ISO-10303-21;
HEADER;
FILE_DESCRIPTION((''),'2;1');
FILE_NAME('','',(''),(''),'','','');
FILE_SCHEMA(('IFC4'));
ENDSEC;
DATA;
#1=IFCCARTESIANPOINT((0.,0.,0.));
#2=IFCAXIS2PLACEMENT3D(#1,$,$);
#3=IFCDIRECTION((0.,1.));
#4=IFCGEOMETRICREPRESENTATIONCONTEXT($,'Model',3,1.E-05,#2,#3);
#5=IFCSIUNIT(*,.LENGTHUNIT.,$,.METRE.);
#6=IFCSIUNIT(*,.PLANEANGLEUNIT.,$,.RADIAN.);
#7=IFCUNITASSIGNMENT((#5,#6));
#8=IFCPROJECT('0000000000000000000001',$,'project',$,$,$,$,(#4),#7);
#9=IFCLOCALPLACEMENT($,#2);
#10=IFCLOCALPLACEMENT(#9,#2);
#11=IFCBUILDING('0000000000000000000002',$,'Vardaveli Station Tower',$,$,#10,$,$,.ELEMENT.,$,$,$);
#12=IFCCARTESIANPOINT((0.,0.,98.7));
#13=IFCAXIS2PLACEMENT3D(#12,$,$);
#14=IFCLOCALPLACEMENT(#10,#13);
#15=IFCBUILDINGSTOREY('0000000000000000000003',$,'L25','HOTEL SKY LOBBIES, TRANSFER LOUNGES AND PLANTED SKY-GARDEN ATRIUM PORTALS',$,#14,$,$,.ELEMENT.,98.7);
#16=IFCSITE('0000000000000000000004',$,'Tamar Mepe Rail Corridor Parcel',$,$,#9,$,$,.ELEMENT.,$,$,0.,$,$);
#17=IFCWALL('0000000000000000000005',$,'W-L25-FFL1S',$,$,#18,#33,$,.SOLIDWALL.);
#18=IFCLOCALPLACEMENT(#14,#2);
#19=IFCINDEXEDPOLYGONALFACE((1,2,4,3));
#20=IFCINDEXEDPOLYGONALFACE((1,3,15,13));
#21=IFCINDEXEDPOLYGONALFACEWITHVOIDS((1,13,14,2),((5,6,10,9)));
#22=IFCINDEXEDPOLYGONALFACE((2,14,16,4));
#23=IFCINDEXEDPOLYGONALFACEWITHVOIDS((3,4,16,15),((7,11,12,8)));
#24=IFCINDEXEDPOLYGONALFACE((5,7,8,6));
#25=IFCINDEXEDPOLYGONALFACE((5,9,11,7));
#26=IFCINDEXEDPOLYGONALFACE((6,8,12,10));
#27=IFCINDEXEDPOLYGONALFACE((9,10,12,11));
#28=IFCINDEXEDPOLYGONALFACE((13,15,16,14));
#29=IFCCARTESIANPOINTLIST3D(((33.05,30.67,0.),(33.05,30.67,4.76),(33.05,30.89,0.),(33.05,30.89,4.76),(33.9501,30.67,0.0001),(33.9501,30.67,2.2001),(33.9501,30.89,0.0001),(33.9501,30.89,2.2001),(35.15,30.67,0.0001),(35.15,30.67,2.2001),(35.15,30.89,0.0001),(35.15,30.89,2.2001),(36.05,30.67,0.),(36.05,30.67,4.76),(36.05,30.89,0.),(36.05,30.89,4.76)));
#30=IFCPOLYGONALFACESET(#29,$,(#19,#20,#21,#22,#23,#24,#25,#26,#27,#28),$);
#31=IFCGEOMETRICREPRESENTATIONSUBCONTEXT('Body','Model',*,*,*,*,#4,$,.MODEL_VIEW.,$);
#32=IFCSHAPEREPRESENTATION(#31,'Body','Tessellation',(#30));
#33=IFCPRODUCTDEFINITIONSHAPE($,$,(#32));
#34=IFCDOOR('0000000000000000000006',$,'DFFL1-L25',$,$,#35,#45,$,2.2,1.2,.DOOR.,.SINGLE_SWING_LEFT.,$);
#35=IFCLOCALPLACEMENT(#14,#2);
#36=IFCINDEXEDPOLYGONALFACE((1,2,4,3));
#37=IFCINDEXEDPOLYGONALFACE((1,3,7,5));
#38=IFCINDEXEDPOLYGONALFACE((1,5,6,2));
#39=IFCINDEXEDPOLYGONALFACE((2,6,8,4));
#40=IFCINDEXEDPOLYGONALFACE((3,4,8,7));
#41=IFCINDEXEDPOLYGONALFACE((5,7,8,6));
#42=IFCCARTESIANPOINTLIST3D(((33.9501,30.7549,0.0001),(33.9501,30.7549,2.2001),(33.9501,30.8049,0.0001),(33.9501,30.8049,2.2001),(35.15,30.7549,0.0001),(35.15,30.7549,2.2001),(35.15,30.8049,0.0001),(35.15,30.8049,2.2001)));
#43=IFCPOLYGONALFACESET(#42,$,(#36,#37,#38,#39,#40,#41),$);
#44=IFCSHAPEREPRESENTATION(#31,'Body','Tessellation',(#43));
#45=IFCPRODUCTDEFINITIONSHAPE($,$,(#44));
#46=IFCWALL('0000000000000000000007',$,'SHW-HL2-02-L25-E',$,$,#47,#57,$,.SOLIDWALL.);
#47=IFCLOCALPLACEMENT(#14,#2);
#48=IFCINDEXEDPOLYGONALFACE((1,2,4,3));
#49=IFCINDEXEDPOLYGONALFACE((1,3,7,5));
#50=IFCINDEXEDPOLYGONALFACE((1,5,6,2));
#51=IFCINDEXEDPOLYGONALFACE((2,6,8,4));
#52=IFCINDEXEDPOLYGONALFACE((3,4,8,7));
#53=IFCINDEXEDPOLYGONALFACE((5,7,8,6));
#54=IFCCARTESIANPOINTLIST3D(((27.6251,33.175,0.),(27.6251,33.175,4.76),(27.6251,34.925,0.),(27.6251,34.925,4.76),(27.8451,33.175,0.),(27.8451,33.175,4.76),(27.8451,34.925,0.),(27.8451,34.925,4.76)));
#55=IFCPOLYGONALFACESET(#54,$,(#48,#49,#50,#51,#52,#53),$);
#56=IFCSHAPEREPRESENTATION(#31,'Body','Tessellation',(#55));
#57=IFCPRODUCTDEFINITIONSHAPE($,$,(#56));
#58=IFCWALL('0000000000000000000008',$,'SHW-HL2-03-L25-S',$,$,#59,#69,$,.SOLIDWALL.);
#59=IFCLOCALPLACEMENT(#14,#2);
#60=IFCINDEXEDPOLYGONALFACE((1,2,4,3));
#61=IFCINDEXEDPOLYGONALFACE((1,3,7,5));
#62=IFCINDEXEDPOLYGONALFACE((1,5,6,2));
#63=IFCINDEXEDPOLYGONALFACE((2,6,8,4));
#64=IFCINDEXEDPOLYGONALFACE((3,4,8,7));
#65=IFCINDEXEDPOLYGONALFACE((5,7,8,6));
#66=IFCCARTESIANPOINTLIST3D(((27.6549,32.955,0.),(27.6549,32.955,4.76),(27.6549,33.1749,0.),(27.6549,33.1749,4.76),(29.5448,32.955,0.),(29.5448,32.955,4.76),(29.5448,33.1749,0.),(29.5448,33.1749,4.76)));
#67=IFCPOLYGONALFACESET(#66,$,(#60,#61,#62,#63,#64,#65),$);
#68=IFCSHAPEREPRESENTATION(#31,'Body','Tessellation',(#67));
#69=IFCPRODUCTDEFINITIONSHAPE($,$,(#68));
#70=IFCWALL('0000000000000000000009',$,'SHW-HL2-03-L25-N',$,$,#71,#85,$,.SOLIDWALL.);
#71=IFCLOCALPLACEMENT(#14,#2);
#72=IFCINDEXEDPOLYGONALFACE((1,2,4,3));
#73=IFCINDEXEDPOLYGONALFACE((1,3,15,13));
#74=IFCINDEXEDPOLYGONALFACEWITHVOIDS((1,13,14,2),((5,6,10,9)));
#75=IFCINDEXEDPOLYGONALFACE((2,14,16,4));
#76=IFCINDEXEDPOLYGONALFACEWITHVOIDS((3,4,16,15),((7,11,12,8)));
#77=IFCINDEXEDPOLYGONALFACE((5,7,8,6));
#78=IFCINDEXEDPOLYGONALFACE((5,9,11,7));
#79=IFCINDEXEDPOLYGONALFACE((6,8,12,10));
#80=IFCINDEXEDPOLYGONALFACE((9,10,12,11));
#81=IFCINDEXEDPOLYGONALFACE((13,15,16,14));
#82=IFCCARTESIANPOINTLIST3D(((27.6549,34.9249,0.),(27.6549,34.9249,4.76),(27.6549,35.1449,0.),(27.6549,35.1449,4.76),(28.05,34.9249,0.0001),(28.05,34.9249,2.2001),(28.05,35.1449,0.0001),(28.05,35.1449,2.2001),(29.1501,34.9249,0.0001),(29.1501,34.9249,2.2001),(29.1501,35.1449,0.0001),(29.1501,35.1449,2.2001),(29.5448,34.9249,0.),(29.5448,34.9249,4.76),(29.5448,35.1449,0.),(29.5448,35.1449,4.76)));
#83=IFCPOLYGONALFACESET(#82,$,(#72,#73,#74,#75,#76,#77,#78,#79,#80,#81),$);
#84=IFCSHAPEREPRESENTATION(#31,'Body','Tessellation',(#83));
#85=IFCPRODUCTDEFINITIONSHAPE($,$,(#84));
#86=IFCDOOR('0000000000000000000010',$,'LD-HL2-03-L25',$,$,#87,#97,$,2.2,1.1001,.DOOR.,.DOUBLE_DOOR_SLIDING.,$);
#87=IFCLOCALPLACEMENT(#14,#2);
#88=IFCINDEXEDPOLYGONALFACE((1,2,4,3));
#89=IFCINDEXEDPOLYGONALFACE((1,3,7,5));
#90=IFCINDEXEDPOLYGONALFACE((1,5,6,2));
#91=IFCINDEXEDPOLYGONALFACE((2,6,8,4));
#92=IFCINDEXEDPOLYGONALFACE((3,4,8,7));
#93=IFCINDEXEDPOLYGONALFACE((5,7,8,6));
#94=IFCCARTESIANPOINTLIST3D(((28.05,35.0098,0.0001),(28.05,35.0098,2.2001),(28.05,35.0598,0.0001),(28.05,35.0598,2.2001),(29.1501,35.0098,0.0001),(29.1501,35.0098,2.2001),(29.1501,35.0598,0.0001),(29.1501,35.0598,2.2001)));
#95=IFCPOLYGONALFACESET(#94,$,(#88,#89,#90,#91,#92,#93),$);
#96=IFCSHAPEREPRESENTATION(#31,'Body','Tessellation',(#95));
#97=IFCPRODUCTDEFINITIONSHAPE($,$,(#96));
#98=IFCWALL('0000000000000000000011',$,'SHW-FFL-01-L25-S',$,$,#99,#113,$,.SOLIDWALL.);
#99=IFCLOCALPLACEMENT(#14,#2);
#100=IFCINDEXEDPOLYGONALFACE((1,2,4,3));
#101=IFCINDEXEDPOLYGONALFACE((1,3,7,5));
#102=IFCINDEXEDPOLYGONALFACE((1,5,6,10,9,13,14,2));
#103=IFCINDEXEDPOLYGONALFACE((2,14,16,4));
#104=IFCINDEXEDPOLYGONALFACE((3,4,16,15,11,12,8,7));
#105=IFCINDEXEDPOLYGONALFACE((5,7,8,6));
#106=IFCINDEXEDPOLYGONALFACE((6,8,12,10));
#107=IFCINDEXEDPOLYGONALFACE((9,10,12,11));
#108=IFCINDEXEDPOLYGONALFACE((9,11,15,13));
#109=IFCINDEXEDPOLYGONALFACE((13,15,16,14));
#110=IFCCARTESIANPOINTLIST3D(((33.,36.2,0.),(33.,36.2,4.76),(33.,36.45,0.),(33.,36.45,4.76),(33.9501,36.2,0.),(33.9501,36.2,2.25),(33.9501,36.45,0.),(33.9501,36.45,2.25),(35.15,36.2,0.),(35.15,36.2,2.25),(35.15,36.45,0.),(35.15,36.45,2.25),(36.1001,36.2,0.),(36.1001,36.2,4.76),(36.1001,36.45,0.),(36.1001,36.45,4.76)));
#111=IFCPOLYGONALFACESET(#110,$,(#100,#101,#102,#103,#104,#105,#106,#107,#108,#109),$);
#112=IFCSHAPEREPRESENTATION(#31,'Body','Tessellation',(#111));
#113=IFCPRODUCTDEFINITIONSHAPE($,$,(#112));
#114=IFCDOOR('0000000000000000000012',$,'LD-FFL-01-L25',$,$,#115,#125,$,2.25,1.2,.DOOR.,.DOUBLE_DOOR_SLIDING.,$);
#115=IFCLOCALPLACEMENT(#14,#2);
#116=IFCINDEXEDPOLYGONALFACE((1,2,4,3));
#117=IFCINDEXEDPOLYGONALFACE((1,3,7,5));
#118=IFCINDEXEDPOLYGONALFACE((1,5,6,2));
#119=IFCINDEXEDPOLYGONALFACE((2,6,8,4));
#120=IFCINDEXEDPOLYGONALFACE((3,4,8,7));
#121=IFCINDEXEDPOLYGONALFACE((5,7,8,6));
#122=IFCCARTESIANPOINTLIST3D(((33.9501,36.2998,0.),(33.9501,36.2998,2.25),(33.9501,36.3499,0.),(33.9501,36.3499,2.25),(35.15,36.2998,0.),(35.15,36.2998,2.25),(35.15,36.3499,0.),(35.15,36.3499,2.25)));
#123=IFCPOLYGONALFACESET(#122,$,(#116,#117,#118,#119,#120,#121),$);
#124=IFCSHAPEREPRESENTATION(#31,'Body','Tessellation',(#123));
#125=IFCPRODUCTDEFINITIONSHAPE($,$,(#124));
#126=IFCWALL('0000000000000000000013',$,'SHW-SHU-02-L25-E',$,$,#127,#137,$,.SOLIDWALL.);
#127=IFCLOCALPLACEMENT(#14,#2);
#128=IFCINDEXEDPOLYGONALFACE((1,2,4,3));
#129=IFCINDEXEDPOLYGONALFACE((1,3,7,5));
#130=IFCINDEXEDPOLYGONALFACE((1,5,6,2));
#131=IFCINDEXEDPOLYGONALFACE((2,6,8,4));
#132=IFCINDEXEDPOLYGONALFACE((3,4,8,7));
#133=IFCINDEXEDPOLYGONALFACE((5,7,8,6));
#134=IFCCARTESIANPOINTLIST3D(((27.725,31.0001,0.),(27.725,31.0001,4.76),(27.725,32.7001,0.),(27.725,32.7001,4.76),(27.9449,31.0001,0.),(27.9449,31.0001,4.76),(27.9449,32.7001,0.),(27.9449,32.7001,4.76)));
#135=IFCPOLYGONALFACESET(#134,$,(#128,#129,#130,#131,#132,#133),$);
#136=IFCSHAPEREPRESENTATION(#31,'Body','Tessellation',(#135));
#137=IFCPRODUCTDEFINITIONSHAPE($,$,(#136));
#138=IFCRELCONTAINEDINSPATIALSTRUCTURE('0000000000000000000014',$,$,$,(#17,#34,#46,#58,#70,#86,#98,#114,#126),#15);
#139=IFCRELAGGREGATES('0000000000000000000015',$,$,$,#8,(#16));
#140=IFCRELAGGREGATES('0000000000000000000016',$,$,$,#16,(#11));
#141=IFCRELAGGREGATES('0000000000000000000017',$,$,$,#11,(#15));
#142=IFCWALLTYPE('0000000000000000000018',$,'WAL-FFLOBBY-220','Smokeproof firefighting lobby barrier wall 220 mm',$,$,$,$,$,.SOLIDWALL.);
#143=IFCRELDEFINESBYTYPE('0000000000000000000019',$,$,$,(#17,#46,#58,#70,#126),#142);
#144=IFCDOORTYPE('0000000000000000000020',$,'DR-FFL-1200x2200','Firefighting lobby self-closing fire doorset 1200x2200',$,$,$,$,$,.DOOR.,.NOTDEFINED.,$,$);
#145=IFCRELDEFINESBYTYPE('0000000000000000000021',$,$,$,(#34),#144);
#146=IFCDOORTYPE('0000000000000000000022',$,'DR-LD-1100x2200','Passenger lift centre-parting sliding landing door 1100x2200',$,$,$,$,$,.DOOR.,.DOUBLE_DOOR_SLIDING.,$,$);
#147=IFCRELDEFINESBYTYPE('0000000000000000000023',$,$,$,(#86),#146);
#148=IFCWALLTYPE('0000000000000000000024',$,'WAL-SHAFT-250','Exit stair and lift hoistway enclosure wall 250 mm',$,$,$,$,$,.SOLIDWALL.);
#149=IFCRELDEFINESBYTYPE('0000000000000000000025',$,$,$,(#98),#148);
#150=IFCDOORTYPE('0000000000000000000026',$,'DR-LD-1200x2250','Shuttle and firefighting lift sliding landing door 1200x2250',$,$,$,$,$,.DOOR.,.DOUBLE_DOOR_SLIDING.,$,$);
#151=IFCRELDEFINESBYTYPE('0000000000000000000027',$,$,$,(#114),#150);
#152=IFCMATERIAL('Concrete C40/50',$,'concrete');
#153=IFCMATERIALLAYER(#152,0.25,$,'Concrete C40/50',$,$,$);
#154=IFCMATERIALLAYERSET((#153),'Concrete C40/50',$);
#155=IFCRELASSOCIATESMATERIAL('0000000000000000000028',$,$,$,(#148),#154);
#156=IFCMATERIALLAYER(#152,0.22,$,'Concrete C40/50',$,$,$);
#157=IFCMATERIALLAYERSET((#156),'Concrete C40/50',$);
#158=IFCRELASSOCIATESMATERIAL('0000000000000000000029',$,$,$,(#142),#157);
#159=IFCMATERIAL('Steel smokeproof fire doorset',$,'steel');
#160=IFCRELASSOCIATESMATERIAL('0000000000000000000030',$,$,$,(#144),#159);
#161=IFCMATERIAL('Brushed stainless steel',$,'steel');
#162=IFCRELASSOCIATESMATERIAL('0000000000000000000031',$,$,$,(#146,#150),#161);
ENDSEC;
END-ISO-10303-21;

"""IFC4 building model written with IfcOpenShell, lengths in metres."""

from ifc_helpers import new_model, si_unit, direction, frame, frame_2d, origin, place, context, subcontext, project, spatial, rectangle, extrude, source, transform, mapped, material, layer, layer_set, type_object, element, fill, save


model = new_model("IFC4")

# Units and contexts
model_context = context("Model", 3, precision=1e-05, world=origin(), true_north=direction((0.0, 1.0)))
body_context = subcontext(model_context, "Body", "Model", "MODEL_VIEW")
ifc_project = project(units=[si_unit("LENGTHUNIT", "METRE"), si_unit("PLANEANGLEUNIT", "RADIAN")], contexts=[model_context])

# Site, building, storey
site_placement = place(None, origin())
site = spatial("IfcSite", under=ifc_project, at=site_placement, Name="Tamar Mepe Rail Corridor Parcel", CompositionType="ELEMENT", RefElevation=0.0)
building_placement = place(site_placement, origin())
building = spatial("IfcBuilding", under=site, at=building_placement, Name="Vardaveli Station Tower", CompositionType="ELEMENT")
storey_placement = place(building_placement, frame((0.0, 0.0, 98.7)))
storey = spatial("IfcBuildingStorey", under=building, at=storey_placement, Name="L25", Description="HOTEL SKY LOBBIES, TRANSFER LOUNGES AND PLANTED SKY-GARDEN ATRIUM PORTALS", CompositionType="ELEMENT", Elevation=98.7)

# Shared definitions
ifc_material_1 = material(Name="Concrete C40/50", Category="concrete")
ifc_layer_1 = layer(ifc_material_1, 0.25, Name="Concrete C40/50")
ifc_layer_set_1 = layer_set([ifc_layer_1], Name="Concrete C40/50")
wall_type_1 = type_object("IfcWallType", Name="WAL-SHAFT-250", Description="Exit stair and lift hoistway enclosure wall 250 mm", PredefinedType="SOLIDWALL", material=ifc_layer_set_1)

# Wall, opening, door
ifc_material_2 = material(Name="Steel smokeproof fire doorset", Category="steel")
shared_shape_1 = source(origin(), body_context, "Body", "SweptSolid", [
    extrude(rectangle(XDim=1.1001, YDim=2.2, at=frame_2d((0.55, 1.1001))), frame((0.0, 0.0249, 0.0), z_axis=(0.0, -1.0, 0.0), x_axis=(1.0, 0.0, 0.0)), (0.0, 0.0, 1.0), 0.05),
])
ifc_layer_2 = layer(ifc_material_1, 0.22, Name="Concrete C40/50")
ifc_layer_set_2 = layer_set([ifc_layer_2], Name="Concrete C40/50")
wall_type_2 = type_object("IfcWallType", Name="WAL-FFLOBBY-220", Description="Smokeproof firefighting lobby barrier wall 220 mm", PredefinedType="SOLIDWALL", material=ifc_layer_set_2)
shared_shape_2 = source(origin(), body_context, "Body", "SweptSolid", [
    extrude(rectangle(XDim=3.0, YDim=0.22, at=frame_2d((1.5, 0.0))), origin(), (0.0, 0.0, 1.0), 4.76),
])
wall_1_placement = place(storey_placement, frame((33.05, 30.78, 0.0), z_axis=(0.0, 0.0, 1.0), x_axis=(1.0, 0.0, 0.0)))
wall_1 = element("IfcWall", 1, at=wall_1_placement, inside=storey, type_object=wall_type_2, Name="W-L25-FFL1S", PredefinedType="SOLIDWALL", context=body_context, shape_type="MappedRepresentation", body=[
    mapped(shared_shape_2, transform((0.0, 0.0, 0.0), scale=1.0)),
])
shared_shape_3 = source(origin(), body_context, "Body", "SweptSolid", [
    extrude(rectangle(XDim=1.2, YDim=2.2, at=frame_2d((0.6001, 1.1001))), frame((0.0, 0.1201, 0.0), z_axis=(0.0, -1.0, 0.0), x_axis=(1.0, 0.0, 0.0)), (0.0, 0.0, 1.0), 0.24),
])
opening_1_placement = place(wall_1_placement, frame((0.8999, 0.0, 0.0)))
opening_1 = element("IfcOpeningElement", 2, at=opening_1_placement, cuts=wall_1, PredefinedType="OPENING", context=body_context, shape_type="MappedRepresentation", body=[
    mapped(shared_shape_3, transform((0.0, 0.0, 0.0), scale=1.0)),
])
door_type_1 = type_object("IfcDoorType", Name="DR-FFL-1200x2200", Description="Firefighting lobby self-closing fire doorset 1200x2200", OperationType="NOTDEFINED", PredefinedType="DOOR", material=ifc_material_2)
shared_shape_4 = source(origin(), body_context, "Body", "SweptSolid", [
    extrude(rectangle(XDim=1.2, YDim=2.2, at=frame_2d((0.6001, 1.1001))), frame((0.0, 0.0249, 0.0), z_axis=(0.0, -1.0, 0.0), x_axis=(1.0, 0.0, 0.0)), (0.0, 0.0, 1.0), 0.05),
])
door_1_placement = place(opening_1_placement, origin())
door_1 = element("IfcDoor", 3, at=door_1_placement, inside=storey, type_object=door_type_1, Name="DFFL1-L25", OperationType="SINGLE_SWING_LEFT", OverallHeight=2.2, OverallWidth=1.2, PredefinedType="DOOR", context=body_context, shape_type="MappedRepresentation", body=[
    mapped(shared_shape_4, transform((0.0, 0.0, 0.0), scale=1.0)),
])
fill(opening_1, door_1)

# Walls
shared_shape_5 = source(origin(), body_context, "Body", "SweptSolid", [
    extrude(rectangle(XDim=1.75, YDim=0.22, at=frame_2d((0.875, 0.0))), origin(), (0.0, 0.0, 1.0), 4.76),
])
wall_2_placement = place(storey_placement, frame((27.7351, 33.175, 0.0), z_axis=(0.0, 0.0, 1.0), x_axis=(0.0, 1.0, 0.0)))
element("IfcWall", 4, at=wall_2_placement, inside=storey, type_object=wall_type_2, Name="SHW-HL2-02-L25-E", PredefinedType="SOLIDWALL", context=body_context, shape_type="MappedRepresentation", body=[
    mapped(shared_shape_5, transform((0.0, 0.0, 0.0), scale=1.0)),
])
shared_shape_6 = source(origin(), body_context, "Body", "SweptSolid", [
    extrude(rectangle(XDim=1.8899, YDim=0.22, at=frame_2d((0.9448, 0.0))), origin(), (0.0, 0.0, 1.0), 4.76),
])
wall_3_placement = place(storey_placement, frame((27.655, 33.0649, 0.0), z_axis=(0.0, 0.0, 1.0), x_axis=(1.0, 0.0, 0.0)))
element("IfcWall", 5, at=wall_3_placement, inside=storey, type_object=wall_type_2, Name="SHW-HL2-03-L25-S", PredefinedType="SOLIDWALL", context=body_context, shape_type="MappedRepresentation", body=[
    mapped(shared_shape_6, transform((0.0, 0.0, 0.0), scale=1.0)),
])

# Walls, openings, doors
wall_4_placement = place(storey_placement, frame((27.655, 35.0349, 0.0), z_axis=(0.0, 0.0, 1.0), x_axis=(1.0, 0.0, 0.0)))
wall_4 = element("IfcWall", 6, at=wall_4_placement, inside=storey, type_object=wall_type_2, Name="SHW-HL2-03-L25-N", PredefinedType="SOLIDWALL", context=body_context, shape_type="MappedRepresentation", body=[
    mapped(shared_shape_6, transform((0.0, 0.0, 0.0), scale=1.0)),
])
shared_shape_7 = source(origin(), body_context, "Body", "SweptSolid", [
    extrude(rectangle(XDim=1.1001, YDim=2.2, at=frame_2d((0.55, 1.1001))), frame((0.0, 0.1201, 0.0), z_axis=(0.0, -1.0, 0.0), x_axis=(1.0, 0.0, 0.0)), (0.0, 0.0, 1.0), 0.24),
])
opening_2_placement = place(wall_4_placement, frame((0.395, 0.0, 0.0)))
opening_2 = element("IfcOpeningElement", 7, at=opening_2_placement, cuts=wall_4, PredefinedType="OPENING", context=body_context, shape_type="MappedRepresentation", body=[
    mapped(shared_shape_7, transform((0.0, 0.0, 0.0), scale=1.0)),
])
ifc_material_3 = material(Name="Brushed stainless steel", Category="steel")
door_type_2 = type_object("IfcDoorType", Name="DR-LD-1100x2200", Description="Passenger lift centre-parting sliding landing door 1100x2200", OperationType="DOUBLE_DOOR_SLIDING", PredefinedType="DOOR", material=ifc_material_3)
door_2_placement = place(opening_2_placement, origin())
door_2 = element("IfcDoor", 8, at=door_2_placement, inside=storey, type_object=door_type_2, Name="LD-HL2-03-L25", OperationType="DOUBLE_DOOR_SLIDING", OverallHeight=2.2, OverallWidth=1.1001, PredefinedType="DOOR", context=body_context, shape_type="MappedRepresentation", body=[
    mapped(shared_shape_1, transform((0.0, 0.0, 0.0), scale=1.0)),
])
fill(opening_2, door_2)
shared_shape_8 = source(origin(), body_context, "Body", "SweptSolid", [
    extrude(rectangle(XDim=3.1001, YDim=0.25, at=frame_2d((1.55, 0.0))), origin(), (0.0, 0.0, 1.0), 4.76),
])
wall_5_placement = place(storey_placement, frame((33.0, 36.325, 0.0), z_axis=(0.0, 0.0, 1.0), x_axis=(1.0, 0.0, 0.0)))
wall_5 = element("IfcWall", 9, at=wall_5_placement, inside=storey, type_object=wall_type_1, Name="SHW-FFL-01-L25-S", PredefinedType="SOLIDWALL", context=body_context, shape_type="MappedRepresentation", body=[
    mapped(shared_shape_8, transform((0.0, 0.0, 0.0), scale=1.0)),
])
shared_shape_9 = source(origin(), body_context, "Body", "SweptSolid", [
    extrude(rectangle(XDim=1.2, YDim=2.25, at=frame_2d((0.6001, 1.125))), frame((0.0, 0.135, 0.0), z_axis=(0.0, -1.0, 0.0), x_axis=(1.0, 0.0, 0.0)), (0.0, 0.0, 1.0), 0.27),
])
opening_3_placement = place(wall_5_placement, frame((0.95, 0.0, 0.0)))
opening_3 = element("IfcOpeningElement", 10, at=opening_3_placement, cuts=wall_5, PredefinedType="OPENING", context=body_context, shape_type="MappedRepresentation", body=[
    mapped(shared_shape_9, transform((0.0, 0.0, 0.0), scale=1.0)),
])
door_type_3 = type_object("IfcDoorType", Name="DR-LD-1200x2250", Description="Shuttle and firefighting lift sliding landing door 1200x2250", OperationType="DOUBLE_DOOR_SLIDING", PredefinedType="DOOR", material=ifc_material_3)
shared_shape_10 = source(origin(), body_context, "Body", "SweptSolid", [
    extrude(rectangle(XDim=1.2, YDim=2.25, at=frame_2d((0.6001, 1.125))), frame((0.0, 0.0249, 0.0), z_axis=(0.0, -1.0, 0.0), x_axis=(1.0, 0.0, 0.0)), (0.0, 0.0, 1.0), 0.05),
])
door_3_placement = place(opening_3_placement, origin())
door_3 = element("IfcDoor", 11, at=door_3_placement, inside=storey, type_object=door_type_3, Name="LD-FFL-01-L25", OperationType="DOUBLE_DOOR_SLIDING", OverallHeight=2.25, OverallWidth=1.2, PredefinedType="DOOR", context=body_context, shape_type="MappedRepresentation", body=[
    mapped(shared_shape_10, transform((0.0, 0.0, 0.0), scale=1.0)),
])
fill(opening_3, door_3)

# Wall
shared_shape_11 = source(origin(), body_context, "Body", "SweptSolid", [
    extrude(rectangle(XDim=1.7, YDim=0.22, at=frame_2d((0.8501, 0.0))), origin(), (0.0, 0.0, 1.0), 4.76),
])
wall_6_placement = place(storey_placement, frame((27.835, 31.0, 0.0), z_axis=(0.0, 0.0, 1.0), x_axis=(0.0, 1.0, 0.0)))
element("IfcWall", 12, at=wall_6_placement, inside=storey, type_object=wall_type_2, Name="SHW-SHU-02-L25-E", PredefinedType="SOLIDWALL", context=body_context, shape_type="MappedRepresentation", body=[
    mapped(shared_shape_11, transform((0.0, 0.0, 0.0), scale=1.0)),
])

save(model, "model.ifc")
